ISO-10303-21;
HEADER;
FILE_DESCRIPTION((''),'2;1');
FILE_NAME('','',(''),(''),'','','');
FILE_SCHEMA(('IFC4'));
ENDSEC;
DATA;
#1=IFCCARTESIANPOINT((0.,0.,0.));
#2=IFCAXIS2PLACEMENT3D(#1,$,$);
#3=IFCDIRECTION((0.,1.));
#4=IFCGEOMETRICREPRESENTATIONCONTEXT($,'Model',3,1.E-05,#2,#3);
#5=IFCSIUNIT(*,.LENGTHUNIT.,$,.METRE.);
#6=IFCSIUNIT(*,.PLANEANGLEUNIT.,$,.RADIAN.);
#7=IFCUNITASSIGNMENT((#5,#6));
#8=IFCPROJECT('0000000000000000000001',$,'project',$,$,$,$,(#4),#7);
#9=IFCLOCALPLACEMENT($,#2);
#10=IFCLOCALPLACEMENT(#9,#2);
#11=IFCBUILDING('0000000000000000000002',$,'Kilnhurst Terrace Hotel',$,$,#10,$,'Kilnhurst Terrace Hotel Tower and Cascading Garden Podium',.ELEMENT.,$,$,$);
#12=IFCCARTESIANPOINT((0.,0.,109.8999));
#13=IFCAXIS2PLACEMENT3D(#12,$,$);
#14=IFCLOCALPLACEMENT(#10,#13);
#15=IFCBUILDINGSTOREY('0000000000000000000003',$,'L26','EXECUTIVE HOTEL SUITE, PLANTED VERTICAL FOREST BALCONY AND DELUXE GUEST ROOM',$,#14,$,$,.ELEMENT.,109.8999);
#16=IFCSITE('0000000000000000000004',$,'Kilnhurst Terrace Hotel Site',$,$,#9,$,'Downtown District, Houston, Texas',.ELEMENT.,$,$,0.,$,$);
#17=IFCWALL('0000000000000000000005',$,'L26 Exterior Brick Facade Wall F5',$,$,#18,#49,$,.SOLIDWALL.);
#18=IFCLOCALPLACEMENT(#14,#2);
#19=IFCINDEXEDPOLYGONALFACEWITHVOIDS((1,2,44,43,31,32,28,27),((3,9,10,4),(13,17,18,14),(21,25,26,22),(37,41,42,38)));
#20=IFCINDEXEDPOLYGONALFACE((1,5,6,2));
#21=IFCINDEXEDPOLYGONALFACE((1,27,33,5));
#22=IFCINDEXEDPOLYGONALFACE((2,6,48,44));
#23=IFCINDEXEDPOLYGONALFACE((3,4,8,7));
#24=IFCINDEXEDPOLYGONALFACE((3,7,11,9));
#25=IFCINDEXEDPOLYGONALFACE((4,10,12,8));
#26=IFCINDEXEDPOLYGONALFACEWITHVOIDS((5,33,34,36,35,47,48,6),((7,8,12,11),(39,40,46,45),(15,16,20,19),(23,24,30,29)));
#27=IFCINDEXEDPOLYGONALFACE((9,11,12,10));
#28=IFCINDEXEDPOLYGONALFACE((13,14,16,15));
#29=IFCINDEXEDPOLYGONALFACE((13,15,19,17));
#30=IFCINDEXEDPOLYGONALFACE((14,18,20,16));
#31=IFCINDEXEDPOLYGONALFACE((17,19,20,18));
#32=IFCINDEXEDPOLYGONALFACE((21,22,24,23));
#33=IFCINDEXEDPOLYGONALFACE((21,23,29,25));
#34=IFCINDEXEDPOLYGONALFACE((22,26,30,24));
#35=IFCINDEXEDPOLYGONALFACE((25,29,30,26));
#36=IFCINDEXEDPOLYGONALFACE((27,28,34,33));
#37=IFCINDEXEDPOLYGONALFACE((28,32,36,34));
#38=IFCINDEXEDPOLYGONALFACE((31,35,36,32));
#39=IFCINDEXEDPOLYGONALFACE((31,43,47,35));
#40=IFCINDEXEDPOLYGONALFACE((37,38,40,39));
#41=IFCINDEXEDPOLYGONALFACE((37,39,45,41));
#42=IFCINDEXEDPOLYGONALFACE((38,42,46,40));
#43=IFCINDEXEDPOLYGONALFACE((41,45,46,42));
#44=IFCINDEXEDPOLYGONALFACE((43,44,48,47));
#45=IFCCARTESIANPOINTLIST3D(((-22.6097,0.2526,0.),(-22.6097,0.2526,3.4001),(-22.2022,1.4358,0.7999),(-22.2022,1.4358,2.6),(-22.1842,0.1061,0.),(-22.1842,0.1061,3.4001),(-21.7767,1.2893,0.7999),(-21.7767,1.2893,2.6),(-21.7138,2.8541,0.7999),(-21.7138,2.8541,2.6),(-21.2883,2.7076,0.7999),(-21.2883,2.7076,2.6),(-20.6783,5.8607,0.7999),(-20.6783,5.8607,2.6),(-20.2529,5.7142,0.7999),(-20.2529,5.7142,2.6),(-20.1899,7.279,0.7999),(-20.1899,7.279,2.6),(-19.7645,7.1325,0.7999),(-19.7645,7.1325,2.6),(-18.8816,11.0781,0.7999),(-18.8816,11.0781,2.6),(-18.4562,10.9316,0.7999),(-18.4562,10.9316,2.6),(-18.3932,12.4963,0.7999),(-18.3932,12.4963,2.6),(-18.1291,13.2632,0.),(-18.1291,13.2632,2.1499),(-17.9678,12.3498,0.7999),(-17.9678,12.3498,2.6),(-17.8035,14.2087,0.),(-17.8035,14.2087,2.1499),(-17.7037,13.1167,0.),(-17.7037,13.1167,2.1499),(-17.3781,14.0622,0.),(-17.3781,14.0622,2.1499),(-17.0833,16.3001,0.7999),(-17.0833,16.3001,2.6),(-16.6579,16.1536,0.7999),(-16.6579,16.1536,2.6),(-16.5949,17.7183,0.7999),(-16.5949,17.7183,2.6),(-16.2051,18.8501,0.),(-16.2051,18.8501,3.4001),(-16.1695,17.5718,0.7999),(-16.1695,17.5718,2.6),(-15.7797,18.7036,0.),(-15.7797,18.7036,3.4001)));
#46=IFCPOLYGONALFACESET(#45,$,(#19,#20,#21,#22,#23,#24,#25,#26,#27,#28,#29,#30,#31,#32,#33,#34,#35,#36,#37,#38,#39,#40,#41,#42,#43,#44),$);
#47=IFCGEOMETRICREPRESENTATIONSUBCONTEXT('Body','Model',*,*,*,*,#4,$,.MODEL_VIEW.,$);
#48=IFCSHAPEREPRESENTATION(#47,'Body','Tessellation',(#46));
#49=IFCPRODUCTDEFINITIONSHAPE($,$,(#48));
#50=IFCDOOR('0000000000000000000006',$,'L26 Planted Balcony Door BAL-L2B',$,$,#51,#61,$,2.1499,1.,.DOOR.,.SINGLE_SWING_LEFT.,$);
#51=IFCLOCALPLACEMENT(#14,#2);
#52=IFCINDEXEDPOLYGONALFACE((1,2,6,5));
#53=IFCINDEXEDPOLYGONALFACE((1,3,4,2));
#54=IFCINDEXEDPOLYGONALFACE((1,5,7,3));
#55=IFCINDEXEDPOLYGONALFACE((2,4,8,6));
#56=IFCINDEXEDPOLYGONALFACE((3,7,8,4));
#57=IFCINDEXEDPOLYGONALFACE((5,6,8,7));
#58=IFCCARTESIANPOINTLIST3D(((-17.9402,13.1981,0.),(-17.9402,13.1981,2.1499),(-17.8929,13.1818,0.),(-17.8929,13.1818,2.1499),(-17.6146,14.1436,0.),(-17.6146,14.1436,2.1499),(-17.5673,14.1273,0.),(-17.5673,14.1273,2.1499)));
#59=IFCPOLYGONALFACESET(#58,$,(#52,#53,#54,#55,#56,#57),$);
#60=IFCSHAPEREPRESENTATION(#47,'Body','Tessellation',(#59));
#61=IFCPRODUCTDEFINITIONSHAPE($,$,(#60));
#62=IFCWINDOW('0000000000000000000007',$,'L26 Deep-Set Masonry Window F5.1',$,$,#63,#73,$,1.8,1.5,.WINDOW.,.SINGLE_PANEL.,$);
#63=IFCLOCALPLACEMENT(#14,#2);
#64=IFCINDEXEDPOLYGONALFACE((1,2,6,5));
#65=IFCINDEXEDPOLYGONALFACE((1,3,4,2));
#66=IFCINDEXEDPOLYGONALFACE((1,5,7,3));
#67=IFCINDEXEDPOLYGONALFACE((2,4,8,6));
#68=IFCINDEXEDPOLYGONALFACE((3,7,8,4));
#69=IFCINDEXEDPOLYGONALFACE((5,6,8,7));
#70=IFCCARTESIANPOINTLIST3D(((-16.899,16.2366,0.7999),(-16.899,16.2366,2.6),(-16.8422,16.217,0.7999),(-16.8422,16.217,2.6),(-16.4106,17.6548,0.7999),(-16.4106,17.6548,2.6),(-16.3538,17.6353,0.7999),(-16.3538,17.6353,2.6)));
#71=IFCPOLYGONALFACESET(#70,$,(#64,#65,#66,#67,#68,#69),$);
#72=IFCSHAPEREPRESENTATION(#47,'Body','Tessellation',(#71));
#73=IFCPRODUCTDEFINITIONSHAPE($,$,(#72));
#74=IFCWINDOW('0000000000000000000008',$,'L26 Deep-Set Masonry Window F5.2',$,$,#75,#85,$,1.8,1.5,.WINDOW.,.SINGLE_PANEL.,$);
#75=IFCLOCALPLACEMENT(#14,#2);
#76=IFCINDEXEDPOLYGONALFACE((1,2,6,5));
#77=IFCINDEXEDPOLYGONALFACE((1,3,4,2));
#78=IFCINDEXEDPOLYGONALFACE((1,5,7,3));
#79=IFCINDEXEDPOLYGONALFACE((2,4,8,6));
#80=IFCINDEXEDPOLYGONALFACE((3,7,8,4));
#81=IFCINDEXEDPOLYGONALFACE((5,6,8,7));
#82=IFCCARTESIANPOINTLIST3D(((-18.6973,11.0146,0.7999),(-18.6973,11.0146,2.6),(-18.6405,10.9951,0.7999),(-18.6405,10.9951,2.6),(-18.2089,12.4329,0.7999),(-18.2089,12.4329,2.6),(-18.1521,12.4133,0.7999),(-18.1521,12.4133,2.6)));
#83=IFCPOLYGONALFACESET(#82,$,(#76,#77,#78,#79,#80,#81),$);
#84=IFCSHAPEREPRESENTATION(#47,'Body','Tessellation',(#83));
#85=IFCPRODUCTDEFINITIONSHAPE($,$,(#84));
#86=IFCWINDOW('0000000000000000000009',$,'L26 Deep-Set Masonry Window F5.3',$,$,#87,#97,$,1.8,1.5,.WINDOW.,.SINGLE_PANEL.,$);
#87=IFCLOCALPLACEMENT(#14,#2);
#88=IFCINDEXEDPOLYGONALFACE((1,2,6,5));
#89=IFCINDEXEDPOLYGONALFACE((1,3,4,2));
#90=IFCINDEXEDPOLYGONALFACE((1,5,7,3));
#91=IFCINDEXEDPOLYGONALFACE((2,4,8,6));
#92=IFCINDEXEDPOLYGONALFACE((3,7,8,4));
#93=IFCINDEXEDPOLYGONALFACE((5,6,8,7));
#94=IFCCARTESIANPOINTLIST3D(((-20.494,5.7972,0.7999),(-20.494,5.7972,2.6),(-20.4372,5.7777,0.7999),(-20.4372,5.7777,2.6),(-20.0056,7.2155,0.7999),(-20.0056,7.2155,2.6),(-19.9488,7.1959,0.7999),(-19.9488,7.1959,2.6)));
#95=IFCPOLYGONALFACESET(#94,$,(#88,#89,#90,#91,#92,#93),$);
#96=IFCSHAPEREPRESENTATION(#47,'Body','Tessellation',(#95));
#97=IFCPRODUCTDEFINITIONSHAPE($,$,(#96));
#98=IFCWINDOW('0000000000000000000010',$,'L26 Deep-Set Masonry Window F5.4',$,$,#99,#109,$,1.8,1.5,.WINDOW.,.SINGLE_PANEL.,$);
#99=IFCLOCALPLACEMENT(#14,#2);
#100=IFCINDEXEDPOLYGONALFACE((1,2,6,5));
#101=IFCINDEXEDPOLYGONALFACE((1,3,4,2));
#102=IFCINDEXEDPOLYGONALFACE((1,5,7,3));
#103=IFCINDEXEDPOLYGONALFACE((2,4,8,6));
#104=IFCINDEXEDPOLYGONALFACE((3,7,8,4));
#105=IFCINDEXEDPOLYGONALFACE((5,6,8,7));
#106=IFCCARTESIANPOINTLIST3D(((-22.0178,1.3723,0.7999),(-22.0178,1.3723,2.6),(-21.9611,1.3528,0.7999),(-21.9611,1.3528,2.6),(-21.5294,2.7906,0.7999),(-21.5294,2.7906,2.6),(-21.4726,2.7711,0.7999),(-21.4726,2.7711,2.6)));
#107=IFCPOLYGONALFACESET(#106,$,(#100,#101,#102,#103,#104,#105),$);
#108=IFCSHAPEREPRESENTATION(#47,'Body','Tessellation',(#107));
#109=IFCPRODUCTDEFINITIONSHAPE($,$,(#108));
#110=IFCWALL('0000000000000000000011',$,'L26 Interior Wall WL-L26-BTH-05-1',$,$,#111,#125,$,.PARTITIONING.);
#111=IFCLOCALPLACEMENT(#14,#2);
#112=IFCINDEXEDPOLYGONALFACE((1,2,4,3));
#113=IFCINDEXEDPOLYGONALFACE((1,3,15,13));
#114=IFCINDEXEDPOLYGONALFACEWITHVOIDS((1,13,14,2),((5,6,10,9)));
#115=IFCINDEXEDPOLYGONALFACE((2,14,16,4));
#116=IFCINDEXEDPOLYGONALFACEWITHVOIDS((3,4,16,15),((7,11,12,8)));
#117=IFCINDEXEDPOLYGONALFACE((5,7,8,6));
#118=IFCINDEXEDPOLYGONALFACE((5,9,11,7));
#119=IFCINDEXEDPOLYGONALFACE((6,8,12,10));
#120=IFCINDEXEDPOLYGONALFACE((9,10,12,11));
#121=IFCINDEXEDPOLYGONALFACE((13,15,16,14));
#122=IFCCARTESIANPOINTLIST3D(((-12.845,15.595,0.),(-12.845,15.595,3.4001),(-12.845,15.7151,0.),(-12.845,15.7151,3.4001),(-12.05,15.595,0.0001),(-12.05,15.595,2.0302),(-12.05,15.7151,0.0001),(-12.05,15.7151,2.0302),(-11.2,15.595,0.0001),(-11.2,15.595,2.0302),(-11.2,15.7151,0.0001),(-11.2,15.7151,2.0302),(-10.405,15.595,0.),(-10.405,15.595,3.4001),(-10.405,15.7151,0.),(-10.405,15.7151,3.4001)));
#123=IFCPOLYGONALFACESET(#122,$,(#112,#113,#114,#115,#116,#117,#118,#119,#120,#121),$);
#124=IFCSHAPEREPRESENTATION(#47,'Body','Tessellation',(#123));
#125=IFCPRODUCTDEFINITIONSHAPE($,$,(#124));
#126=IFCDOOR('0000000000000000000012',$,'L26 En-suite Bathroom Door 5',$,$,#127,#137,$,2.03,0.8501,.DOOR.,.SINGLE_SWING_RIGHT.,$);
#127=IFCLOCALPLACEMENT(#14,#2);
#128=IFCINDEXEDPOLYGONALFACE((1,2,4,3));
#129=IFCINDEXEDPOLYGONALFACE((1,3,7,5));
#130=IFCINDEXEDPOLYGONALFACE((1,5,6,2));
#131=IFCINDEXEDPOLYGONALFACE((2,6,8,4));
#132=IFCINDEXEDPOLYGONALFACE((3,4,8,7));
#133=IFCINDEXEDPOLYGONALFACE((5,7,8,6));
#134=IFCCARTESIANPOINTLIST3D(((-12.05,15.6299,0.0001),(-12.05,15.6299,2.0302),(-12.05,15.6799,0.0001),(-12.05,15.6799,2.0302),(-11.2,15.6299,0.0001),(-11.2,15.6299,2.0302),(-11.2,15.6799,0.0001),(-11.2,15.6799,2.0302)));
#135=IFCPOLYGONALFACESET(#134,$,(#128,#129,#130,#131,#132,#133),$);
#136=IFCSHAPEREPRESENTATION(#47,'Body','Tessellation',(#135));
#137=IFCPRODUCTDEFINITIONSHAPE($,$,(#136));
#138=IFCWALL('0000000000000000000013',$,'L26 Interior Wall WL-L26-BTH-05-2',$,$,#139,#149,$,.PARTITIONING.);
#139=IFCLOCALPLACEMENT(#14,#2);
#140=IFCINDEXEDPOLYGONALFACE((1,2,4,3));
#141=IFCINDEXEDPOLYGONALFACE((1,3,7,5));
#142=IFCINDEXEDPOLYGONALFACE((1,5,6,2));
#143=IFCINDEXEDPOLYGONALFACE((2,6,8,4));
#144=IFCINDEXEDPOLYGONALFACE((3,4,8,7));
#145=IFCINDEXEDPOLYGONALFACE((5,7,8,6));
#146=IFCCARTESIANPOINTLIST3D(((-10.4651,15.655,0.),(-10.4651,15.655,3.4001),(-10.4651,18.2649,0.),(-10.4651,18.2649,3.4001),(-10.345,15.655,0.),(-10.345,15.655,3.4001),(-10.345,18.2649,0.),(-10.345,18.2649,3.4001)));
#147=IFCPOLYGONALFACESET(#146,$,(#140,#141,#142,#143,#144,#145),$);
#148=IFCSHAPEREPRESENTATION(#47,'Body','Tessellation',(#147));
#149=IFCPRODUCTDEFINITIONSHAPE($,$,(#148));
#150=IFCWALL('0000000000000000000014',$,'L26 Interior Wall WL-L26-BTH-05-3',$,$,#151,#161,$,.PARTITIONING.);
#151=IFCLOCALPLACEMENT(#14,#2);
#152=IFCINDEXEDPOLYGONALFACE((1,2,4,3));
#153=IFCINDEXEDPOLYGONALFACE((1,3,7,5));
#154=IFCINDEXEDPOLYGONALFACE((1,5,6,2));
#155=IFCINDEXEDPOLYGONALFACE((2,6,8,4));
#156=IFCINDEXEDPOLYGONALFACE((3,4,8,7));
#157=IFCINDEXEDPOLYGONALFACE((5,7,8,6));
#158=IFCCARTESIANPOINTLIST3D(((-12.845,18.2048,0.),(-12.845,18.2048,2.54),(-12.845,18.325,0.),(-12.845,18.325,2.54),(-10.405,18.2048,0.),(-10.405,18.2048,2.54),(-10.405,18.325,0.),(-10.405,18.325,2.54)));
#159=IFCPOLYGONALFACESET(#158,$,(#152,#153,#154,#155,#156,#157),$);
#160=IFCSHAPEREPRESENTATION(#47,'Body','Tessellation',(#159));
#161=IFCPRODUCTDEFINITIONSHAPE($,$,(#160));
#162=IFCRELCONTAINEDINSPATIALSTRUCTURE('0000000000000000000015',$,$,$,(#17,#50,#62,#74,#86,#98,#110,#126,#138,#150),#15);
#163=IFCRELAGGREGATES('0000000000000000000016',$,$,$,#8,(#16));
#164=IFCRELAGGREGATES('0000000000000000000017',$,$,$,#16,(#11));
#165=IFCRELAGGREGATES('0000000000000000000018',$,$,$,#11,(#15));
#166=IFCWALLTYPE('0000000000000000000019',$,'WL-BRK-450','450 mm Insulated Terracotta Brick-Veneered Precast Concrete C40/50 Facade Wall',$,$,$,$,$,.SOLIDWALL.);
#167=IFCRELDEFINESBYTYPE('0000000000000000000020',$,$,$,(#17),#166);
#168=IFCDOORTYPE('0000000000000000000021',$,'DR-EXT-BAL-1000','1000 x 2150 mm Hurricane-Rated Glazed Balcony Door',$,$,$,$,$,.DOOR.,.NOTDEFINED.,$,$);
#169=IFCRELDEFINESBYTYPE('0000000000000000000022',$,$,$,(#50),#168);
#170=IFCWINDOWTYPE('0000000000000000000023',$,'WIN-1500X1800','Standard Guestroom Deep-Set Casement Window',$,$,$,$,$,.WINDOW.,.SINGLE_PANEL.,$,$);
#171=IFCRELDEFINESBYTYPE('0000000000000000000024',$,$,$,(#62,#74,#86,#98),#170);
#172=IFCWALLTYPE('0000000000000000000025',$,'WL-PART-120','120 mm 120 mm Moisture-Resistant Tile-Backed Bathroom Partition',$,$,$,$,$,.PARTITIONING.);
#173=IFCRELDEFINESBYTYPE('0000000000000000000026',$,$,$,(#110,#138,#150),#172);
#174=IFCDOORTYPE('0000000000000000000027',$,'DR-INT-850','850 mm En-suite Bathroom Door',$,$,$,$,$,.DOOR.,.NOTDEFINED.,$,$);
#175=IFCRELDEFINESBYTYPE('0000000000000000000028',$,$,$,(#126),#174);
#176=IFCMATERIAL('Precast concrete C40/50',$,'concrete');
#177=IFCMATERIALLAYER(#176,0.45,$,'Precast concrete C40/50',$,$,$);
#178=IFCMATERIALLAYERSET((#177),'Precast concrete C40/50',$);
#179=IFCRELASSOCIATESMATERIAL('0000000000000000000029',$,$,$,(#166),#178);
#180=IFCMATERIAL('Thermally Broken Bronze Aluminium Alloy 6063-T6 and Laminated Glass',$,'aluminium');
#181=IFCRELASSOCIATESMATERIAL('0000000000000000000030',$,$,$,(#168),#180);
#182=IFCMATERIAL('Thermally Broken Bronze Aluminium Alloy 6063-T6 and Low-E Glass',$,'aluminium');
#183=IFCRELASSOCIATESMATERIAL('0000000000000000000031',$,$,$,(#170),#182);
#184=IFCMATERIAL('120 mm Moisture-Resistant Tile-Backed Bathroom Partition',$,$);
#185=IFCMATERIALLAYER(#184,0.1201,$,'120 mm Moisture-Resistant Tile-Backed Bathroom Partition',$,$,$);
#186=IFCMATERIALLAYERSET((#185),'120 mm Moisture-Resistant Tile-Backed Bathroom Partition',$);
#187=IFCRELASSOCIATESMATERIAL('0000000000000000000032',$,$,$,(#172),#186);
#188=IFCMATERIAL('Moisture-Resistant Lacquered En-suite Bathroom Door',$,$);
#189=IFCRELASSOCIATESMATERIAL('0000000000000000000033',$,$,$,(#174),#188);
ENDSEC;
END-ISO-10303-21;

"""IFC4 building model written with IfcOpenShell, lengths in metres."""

from ifc_helpers import new_model, si_unit, direction, frame, frame_2d, origin, place, context, subcontext, project, spatial, rectangle, extrude, material, layer, layer_set, type_object, element, fill, save


model = new_model("IFC4")

# Units and contexts
model_context = context("Model", 3, precision=1e-05, world=origin(), true_north=direction((0.0, 1.0)))
body_context = subcontext(model_context, "Body", "Model", "MODEL_VIEW")
ifc_project = project(units=[si_unit("LENGTHUNIT", "METRE"), si_unit("PLANEANGLEUNIT", "RADIAN")], contexts=[model_context])

# Site, building, storey
site_placement = place(None, origin())
site = spatial("IfcSite", under=ifc_project, at=site_placement, Name="Kilnhurst Terrace Hotel Site", LongName="Downtown District, Houston, Texas", CompositionType="ELEMENT", RefElevation=0.0)
building_placement = place(site_placement, origin())
building = spatial("IfcBuilding", under=site, at=building_placement, Name="Kilnhurst Terrace Hotel", LongName="Kilnhurst Terrace Hotel Tower and Cascading Garden Podium", CompositionType="ELEMENT")
storey_placement = place(building_placement, frame((0.0, 0.0, 109.8999)))
storey = spatial("IfcBuildingStorey", under=building, at=storey_placement, Name="L26", Description="EXECUTIVE HOTEL SUITE, PLANTED VERTICAL FOREST BALCONY AND DELUXE GUEST ROOM", CompositionType="ELEMENT", Elevation=109.8999)

# Shared definitions
ifc_material_1 = material(Name="Precast concrete C40/50", Category="concrete")
ifc_layer_1 = layer(ifc_material_1, 0.45, Name="Precast concrete C40/50")
ifc_layer_set_1 = layer_set([ifc_layer_1], Name="Precast concrete C40/50")
wall_type_1 = type_object("IfcWallType", Name="WL-BRK-450", Description="450 mm Insulated Terracotta Brick-Veneered Precast Concrete C40/50 Facade Wall", PredefinedType="SOLIDWALL", material=ifc_layer_set_1)

# Wall, openings, door, windows
wall_1_placement = place(storey_placement, frame((-15.9924, 18.7769, 0.0), z_axis=(0.0, 0.0, 1.0), x_axis=(-0.325607, -0.945505, 0.0)))
wall_1 = element("IfcWall", 1, at=wall_1_placement, inside=storey, type_object=wall_type_1, Name="L26 Exterior Brick Facade Wall F5", PredefinedType="SOLIDWALL", context=body_context, shape_type="SweptSolid", body=[
    extrude(rectangle(XDim=19.6694, YDim=0.45, at=frame_2d((9.8347, 0.0))), origin(), (0.0, 0.0, 1.0), 3.4001),
])
opening_1_placement = place(wall_1_placement, frame((4.9089, 0.0, 0.0)))
opening_1 = element("IfcOpeningElement", 2, at=opening_1_placement, cuts=wall_1, PredefinedType="OPENING", context=body_context, shape_type="SweptSolid", body=[
    extrude(rectangle(XDim=1.0, YDim=2.1499, at=frame_2d((0.5, 1.075))), frame((0.0, 0.2349, 0.0), z_axis=(0.0, -1.0, 0.0), x_axis=(1.0, 0.0, 0.0)), (0.0, 0.0, 1.0), 0.47),
])
opening_2_placement = place(wall_1_placement, frame((1.197, 0.0, 0.8)))
opening_2 = element("IfcOpeningElement", 3, at=opening_2_placement, cuts=wall_1, PredefinedType="OPENING", context=body_context, shape_type="SweptSolid", body=[
    extrude(rectangle(XDim=1.5, YDim=1.8, at=frame_2d((0.75, 0.8999))), frame((0.0, 0.2349, 0.0), z_axis=(0.0, -1.0, 0.0), x_axis=(1.0, 0.0, 0.0)), (0.0, 0.0, 1.0), 0.47),
])
opening_3_placement = place(wall_1_placement, frame((6.72, 0.0, 0.8)))
opening_3 = element("IfcOpeningElement", 4, at=opening_3_placement, cuts=wall_1, PredefinedType="OPENING", context=body_context, shape_type="SweptSolid", body=[
    extrude(rectangle(XDim=1.5, YDim=1.8, at=frame_2d((0.75, 0.8999))), frame((0.0, 0.2349, 0.0), z_axis=(0.0, -1.0, 0.0), x_axis=(1.0, 0.0, 0.0)), (0.0, 0.0, 1.0), 0.47),
])
opening_4_placement = place(wall_1_placement, frame((12.238, 0.0, 0.8)))
opening_4 = element("IfcOpeningElement", 5, at=opening_4_placement, cuts=wall_1, PredefinedType="OPENING", context=body_context, shape_type="SweptSolid", body=[
    extrude(rectangle(XDim=1.5, YDim=1.8, at=frame_2d((0.75, 0.8999))), frame((0.0, 0.2349, 0.0), z_axis=(0.0, -1.0, 0.0), x_axis=(1.0, 0.0, 0.0)), (0.0, 0.0, 1.0), 0.47),
])
opening_5_placement = place(wall_1_placement, frame((16.918, 0.0, 0.8)))
opening_5 = element("IfcOpeningElement", 6, at=opening_5_placement, cuts=wall_1, PredefinedType="OPENING", context=body_context, shape_type="SweptSolid", body=[
    extrude(rectangle(XDim=1.5, YDim=1.8, at=frame_2d((0.75, 0.8999))), frame((0.0, 0.2349, 0.0), z_axis=(0.0, -1.0, 0.0), x_axis=(1.0, 0.0, 0.0)), (0.0, 0.0, 1.0), 0.47),
])
ifc_material_2 = material(Name="Thermally Broken Bronze Aluminium Alloy 6063-T6 and Laminated Glass", Category="aluminium")
door_type_1 = type_object("IfcDoorType", Name="DR-EXT-BAL-1000", Description="1000 x 2150 mm Hurricane-Rated Glazed Balcony Door", OperationType="NOTDEFINED", PredefinedType="DOOR", material=ifc_material_2)
door_1_placement = place(opening_1_placement, origin())
door_1 = element("IfcDoor", 7, at=door_1_placement, inside=storey, type_object=door_type_1, Name="L26 Planted Balcony Door BAL-L2B", OperationType="SINGLE_SWING_LEFT", OverallHeight=2.1499, OverallWidth=1.0, PredefinedType="DOOR", context=body_context, shape_type="SweptSolid", body=[
    extrude(rectangle(XDim=1.0, YDim=2.1499, at=frame_2d((0.5, 1.075))), frame((0.0, 0.0249, 0.0), z_axis=(0.0, -1.0, 0.0), x_axis=(1.0, 0.0, 0.0)), (0.0, 0.0, 1.0), 0.05),
])
fill(opening_1, door_1)
ifc_material_3 = material(Name="Thermally Broken Bronze Aluminium Alloy 6063-T6 and Low-E Glass", Category="aluminium")
window_type = type_object("IfcWindowType", Name="WIN-1500X1800", Description="Standard Guestroom Deep-Set Casement Window", PartitioningType="SINGLE_PANEL", PredefinedType="WINDOW", material=ifc_material_3)
window_1_placement = place(opening_2_placement, origin())
window_1 = element("IfcWindow", 8, at=window_1_placement, inside=storey, type_object=window_type, Name="L26 Deep-Set Masonry Window F5.1", OverallHeight=1.8, OverallWidth=1.5, PartitioningType="SINGLE_PANEL", PredefinedType="WINDOW", context=body_context, shape_type="SweptSolid", body=[
    extrude(rectangle(XDim=1.5, YDim=1.8, at=frame_2d((0.75, 0.8999))), frame((0.0, 0.03, 0.0), z_axis=(0.0, -1.0, 0.0), x_axis=(1.0, 0.0, 0.0)), (0.0, 0.0, 1.0), 0.0601),
])
fill(opening_2, window_1)
window_2_placement = place(opening_3_placement, origin())
window_2 = element("IfcWindow", 9, at=window_2_placement, inside=storey, type_object=window_type, Name="L26 Deep-Set Masonry Window F5.2", OverallHeight=1.8, OverallWidth=1.5, PartitioningType="SINGLE_PANEL", PredefinedType="WINDOW", context=body_context, shape_type="SweptSolid", body=[
    extrude(rectangle(XDim=1.5, YDim=1.8, at=frame_2d((0.75, 0.8999))), frame((0.0, 0.03, 0.0), z_axis=(0.0, -1.0, 0.0), x_axis=(1.0, 0.0, 0.0)), (0.0, 0.0, 1.0), 0.0601),
])
fill(opening_3, window_2)
window_3_placement = place(opening_4_placement, origin())
window_3 = element("IfcWindow", 10, at=window_3_placement, inside=storey, type_object=window_type, Name="L26 Deep-Set Masonry Window F5.3", OverallHeight=1.8, OverallWidth=1.5, PartitioningType="SINGLE_PANEL", PredefinedType="WINDOW", context=body_context, shape_type="SweptSolid", body=[
    extrude(rectangle(XDim=1.5, YDim=1.8, at=frame_2d((0.75, 0.8999))), frame((0.0, 0.03, 0.0), z_axis=(0.0, -1.0, 0.0), x_axis=(1.0, 0.0, 0.0)), (0.0, 0.0, 1.0), 0.0601),
])
fill(opening_4, window_3)
window_4_placement = place(opening_5_placement, origin())
window_4 = element("IfcWindow", 11, at=window_4_placement, inside=storey, type_object=window_type, Name="L26 Deep-Set Masonry Window F5.4", OverallHeight=1.8, OverallWidth=1.5, PartitioningType="SINGLE_PANEL", PredefinedType="WINDOW", context=body_context, shape_type="SweptSolid", body=[
    extrude(rectangle(XDim=1.5, YDim=1.8, at=frame_2d((0.75, 0.8999))), frame((0.0, 0.03, 0.0), z_axis=(0.0, -1.0, 0.0), x_axis=(1.0, 0.0, 0.0)), (0.0, 0.0, 1.0), 0.0601),
])
fill(opening_5, window_4)

# Wall, opening, door
ifc_material_4 = material(Name="120 mm Moisture-Resistant Tile-Backed Bathroom Partition")
ifc_layer_2 = layer(ifc_material_4, 0.1201, Name="120 mm Moisture-Resistant Tile-Backed Bathroom Partition")
ifc_layer_set_2 = layer_set([ifc_layer_2], Name="120 mm Moisture-Resistant Tile-Backed Bathroom Partition")
wall_type_2 = type_object("IfcWallType", Name="WL-PART-120", Description="120 mm 120 mm Moisture-Resistant Tile-Backed Bathroom Partition", PredefinedType="PARTITIONING", material=ifc_layer_set_2)
wall_2_placement = place(storey_placement, frame((-12.845, 15.655, 0.0), z_axis=(0.0, 0.0, 1.0), x_axis=(1.0, 0.0, 0.0)))
wall_2 = element("IfcWall", 12, at=wall_2_placement, inside=storey, type_object=wall_type_2, Name="L26 Interior Wall WL-L26-BTH-05-1", PredefinedType="PARTITIONING", context=body_context, shape_type="SweptSolid", body=[
    extrude(rectangle(XDim=2.4399, YDim=0.1201, at=frame_2d((1.22, 0.0))), origin(), (0.0, 0.0, 1.0), 3.4001),
])
opening_6_placement = place(wall_2_placement, frame((0.7949, 0.0, 0.0)))
opening_6 = element("IfcOpeningElement", 13, at=opening_6_placement, cuts=wall_2, PredefinedType="OPENING", context=body_context, shape_type="SweptSolid", body=[
    extrude(rectangle(XDim=0.8501, YDim=2.03, at=frame_2d((0.425, 1.0151))), frame((0.0, 0.0701, 0.0), z_axis=(0.0, -1.0, 0.0), x_axis=(1.0, 0.0, 0.0)), (0.0, 0.0, 1.0), 0.1401),
])
ifc_material_5 = material(Name="Moisture-Resistant Lacquered En-suite Bathroom Door")
door_type_2 = type_object("IfcDoorType", Name="DR-INT-850", Description="850 mm En-suite Bathroom Door", OperationType="NOTDEFINED", PredefinedType="DOOR", material=ifc_material_5)
door_2_placement = place(opening_6_placement, origin())
door_2 = element("IfcDoor", 14, at=door_2_placement, inside=storey, type_object=door_type_2, Name="L26 En-suite Bathroom Door 5", OperationType="SINGLE_SWING_RIGHT", OverallHeight=2.03, OverallWidth=0.8501, PredefinedType="DOOR", context=body_context, shape_type="SweptSolid", body=[
    extrude(rectangle(XDim=0.8501, YDim=2.03, at=frame_2d((0.425, 1.0151))), frame((0.0, 0.0249, 0.0), z_axis=(0.0, -1.0, 0.0), x_axis=(1.0, 0.0, 0.0)), (0.0, 0.0, 1.0), 0.05),
])
fill(opening_6, door_2)

# Walls
wall_3_placement = place(storey_placement, frame((-10.405, 15.655, 0.0), z_axis=(0.0, 0.0, 1.0), x_axis=(0.0, 1.0, 0.0)))
element("IfcWall", 15, at=wall_3_placement, inside=storey, type_object=wall_type_2, Name="L26 Interior Wall WL-L26-BTH-05-2", PredefinedType="PARTITIONING", context=body_context, shape_type="SweptSolid", body=[
    extrude(rectangle(XDim=2.6099, YDim=0.1201, at=frame_2d((1.3049, 0.0))), origin(), (0.0, 0.0, 1.0), 3.4001),
])
wall_4_placement = place(storey_placement, frame((-10.405, 18.2649, 0.0), z_axis=(0.0, 0.0, 1.0), x_axis=(-1.0, 0.0, 0.0)))
element("IfcWall", 16, at=wall_4_placement, inside=storey, type_object=wall_type_2, Name="L26 Interior Wall WL-L26-BTH-05-3", PredefinedType="PARTITIONING", context=body_context, shape_type="SweptSolid", body=[
    extrude(rectangle(XDim=2.4399, YDim=0.1201, at=frame_2d((1.22, 0.0))), origin(), (0.0, 0.0, 1.0), 2.54),
])

save(model, "model.ifc")
